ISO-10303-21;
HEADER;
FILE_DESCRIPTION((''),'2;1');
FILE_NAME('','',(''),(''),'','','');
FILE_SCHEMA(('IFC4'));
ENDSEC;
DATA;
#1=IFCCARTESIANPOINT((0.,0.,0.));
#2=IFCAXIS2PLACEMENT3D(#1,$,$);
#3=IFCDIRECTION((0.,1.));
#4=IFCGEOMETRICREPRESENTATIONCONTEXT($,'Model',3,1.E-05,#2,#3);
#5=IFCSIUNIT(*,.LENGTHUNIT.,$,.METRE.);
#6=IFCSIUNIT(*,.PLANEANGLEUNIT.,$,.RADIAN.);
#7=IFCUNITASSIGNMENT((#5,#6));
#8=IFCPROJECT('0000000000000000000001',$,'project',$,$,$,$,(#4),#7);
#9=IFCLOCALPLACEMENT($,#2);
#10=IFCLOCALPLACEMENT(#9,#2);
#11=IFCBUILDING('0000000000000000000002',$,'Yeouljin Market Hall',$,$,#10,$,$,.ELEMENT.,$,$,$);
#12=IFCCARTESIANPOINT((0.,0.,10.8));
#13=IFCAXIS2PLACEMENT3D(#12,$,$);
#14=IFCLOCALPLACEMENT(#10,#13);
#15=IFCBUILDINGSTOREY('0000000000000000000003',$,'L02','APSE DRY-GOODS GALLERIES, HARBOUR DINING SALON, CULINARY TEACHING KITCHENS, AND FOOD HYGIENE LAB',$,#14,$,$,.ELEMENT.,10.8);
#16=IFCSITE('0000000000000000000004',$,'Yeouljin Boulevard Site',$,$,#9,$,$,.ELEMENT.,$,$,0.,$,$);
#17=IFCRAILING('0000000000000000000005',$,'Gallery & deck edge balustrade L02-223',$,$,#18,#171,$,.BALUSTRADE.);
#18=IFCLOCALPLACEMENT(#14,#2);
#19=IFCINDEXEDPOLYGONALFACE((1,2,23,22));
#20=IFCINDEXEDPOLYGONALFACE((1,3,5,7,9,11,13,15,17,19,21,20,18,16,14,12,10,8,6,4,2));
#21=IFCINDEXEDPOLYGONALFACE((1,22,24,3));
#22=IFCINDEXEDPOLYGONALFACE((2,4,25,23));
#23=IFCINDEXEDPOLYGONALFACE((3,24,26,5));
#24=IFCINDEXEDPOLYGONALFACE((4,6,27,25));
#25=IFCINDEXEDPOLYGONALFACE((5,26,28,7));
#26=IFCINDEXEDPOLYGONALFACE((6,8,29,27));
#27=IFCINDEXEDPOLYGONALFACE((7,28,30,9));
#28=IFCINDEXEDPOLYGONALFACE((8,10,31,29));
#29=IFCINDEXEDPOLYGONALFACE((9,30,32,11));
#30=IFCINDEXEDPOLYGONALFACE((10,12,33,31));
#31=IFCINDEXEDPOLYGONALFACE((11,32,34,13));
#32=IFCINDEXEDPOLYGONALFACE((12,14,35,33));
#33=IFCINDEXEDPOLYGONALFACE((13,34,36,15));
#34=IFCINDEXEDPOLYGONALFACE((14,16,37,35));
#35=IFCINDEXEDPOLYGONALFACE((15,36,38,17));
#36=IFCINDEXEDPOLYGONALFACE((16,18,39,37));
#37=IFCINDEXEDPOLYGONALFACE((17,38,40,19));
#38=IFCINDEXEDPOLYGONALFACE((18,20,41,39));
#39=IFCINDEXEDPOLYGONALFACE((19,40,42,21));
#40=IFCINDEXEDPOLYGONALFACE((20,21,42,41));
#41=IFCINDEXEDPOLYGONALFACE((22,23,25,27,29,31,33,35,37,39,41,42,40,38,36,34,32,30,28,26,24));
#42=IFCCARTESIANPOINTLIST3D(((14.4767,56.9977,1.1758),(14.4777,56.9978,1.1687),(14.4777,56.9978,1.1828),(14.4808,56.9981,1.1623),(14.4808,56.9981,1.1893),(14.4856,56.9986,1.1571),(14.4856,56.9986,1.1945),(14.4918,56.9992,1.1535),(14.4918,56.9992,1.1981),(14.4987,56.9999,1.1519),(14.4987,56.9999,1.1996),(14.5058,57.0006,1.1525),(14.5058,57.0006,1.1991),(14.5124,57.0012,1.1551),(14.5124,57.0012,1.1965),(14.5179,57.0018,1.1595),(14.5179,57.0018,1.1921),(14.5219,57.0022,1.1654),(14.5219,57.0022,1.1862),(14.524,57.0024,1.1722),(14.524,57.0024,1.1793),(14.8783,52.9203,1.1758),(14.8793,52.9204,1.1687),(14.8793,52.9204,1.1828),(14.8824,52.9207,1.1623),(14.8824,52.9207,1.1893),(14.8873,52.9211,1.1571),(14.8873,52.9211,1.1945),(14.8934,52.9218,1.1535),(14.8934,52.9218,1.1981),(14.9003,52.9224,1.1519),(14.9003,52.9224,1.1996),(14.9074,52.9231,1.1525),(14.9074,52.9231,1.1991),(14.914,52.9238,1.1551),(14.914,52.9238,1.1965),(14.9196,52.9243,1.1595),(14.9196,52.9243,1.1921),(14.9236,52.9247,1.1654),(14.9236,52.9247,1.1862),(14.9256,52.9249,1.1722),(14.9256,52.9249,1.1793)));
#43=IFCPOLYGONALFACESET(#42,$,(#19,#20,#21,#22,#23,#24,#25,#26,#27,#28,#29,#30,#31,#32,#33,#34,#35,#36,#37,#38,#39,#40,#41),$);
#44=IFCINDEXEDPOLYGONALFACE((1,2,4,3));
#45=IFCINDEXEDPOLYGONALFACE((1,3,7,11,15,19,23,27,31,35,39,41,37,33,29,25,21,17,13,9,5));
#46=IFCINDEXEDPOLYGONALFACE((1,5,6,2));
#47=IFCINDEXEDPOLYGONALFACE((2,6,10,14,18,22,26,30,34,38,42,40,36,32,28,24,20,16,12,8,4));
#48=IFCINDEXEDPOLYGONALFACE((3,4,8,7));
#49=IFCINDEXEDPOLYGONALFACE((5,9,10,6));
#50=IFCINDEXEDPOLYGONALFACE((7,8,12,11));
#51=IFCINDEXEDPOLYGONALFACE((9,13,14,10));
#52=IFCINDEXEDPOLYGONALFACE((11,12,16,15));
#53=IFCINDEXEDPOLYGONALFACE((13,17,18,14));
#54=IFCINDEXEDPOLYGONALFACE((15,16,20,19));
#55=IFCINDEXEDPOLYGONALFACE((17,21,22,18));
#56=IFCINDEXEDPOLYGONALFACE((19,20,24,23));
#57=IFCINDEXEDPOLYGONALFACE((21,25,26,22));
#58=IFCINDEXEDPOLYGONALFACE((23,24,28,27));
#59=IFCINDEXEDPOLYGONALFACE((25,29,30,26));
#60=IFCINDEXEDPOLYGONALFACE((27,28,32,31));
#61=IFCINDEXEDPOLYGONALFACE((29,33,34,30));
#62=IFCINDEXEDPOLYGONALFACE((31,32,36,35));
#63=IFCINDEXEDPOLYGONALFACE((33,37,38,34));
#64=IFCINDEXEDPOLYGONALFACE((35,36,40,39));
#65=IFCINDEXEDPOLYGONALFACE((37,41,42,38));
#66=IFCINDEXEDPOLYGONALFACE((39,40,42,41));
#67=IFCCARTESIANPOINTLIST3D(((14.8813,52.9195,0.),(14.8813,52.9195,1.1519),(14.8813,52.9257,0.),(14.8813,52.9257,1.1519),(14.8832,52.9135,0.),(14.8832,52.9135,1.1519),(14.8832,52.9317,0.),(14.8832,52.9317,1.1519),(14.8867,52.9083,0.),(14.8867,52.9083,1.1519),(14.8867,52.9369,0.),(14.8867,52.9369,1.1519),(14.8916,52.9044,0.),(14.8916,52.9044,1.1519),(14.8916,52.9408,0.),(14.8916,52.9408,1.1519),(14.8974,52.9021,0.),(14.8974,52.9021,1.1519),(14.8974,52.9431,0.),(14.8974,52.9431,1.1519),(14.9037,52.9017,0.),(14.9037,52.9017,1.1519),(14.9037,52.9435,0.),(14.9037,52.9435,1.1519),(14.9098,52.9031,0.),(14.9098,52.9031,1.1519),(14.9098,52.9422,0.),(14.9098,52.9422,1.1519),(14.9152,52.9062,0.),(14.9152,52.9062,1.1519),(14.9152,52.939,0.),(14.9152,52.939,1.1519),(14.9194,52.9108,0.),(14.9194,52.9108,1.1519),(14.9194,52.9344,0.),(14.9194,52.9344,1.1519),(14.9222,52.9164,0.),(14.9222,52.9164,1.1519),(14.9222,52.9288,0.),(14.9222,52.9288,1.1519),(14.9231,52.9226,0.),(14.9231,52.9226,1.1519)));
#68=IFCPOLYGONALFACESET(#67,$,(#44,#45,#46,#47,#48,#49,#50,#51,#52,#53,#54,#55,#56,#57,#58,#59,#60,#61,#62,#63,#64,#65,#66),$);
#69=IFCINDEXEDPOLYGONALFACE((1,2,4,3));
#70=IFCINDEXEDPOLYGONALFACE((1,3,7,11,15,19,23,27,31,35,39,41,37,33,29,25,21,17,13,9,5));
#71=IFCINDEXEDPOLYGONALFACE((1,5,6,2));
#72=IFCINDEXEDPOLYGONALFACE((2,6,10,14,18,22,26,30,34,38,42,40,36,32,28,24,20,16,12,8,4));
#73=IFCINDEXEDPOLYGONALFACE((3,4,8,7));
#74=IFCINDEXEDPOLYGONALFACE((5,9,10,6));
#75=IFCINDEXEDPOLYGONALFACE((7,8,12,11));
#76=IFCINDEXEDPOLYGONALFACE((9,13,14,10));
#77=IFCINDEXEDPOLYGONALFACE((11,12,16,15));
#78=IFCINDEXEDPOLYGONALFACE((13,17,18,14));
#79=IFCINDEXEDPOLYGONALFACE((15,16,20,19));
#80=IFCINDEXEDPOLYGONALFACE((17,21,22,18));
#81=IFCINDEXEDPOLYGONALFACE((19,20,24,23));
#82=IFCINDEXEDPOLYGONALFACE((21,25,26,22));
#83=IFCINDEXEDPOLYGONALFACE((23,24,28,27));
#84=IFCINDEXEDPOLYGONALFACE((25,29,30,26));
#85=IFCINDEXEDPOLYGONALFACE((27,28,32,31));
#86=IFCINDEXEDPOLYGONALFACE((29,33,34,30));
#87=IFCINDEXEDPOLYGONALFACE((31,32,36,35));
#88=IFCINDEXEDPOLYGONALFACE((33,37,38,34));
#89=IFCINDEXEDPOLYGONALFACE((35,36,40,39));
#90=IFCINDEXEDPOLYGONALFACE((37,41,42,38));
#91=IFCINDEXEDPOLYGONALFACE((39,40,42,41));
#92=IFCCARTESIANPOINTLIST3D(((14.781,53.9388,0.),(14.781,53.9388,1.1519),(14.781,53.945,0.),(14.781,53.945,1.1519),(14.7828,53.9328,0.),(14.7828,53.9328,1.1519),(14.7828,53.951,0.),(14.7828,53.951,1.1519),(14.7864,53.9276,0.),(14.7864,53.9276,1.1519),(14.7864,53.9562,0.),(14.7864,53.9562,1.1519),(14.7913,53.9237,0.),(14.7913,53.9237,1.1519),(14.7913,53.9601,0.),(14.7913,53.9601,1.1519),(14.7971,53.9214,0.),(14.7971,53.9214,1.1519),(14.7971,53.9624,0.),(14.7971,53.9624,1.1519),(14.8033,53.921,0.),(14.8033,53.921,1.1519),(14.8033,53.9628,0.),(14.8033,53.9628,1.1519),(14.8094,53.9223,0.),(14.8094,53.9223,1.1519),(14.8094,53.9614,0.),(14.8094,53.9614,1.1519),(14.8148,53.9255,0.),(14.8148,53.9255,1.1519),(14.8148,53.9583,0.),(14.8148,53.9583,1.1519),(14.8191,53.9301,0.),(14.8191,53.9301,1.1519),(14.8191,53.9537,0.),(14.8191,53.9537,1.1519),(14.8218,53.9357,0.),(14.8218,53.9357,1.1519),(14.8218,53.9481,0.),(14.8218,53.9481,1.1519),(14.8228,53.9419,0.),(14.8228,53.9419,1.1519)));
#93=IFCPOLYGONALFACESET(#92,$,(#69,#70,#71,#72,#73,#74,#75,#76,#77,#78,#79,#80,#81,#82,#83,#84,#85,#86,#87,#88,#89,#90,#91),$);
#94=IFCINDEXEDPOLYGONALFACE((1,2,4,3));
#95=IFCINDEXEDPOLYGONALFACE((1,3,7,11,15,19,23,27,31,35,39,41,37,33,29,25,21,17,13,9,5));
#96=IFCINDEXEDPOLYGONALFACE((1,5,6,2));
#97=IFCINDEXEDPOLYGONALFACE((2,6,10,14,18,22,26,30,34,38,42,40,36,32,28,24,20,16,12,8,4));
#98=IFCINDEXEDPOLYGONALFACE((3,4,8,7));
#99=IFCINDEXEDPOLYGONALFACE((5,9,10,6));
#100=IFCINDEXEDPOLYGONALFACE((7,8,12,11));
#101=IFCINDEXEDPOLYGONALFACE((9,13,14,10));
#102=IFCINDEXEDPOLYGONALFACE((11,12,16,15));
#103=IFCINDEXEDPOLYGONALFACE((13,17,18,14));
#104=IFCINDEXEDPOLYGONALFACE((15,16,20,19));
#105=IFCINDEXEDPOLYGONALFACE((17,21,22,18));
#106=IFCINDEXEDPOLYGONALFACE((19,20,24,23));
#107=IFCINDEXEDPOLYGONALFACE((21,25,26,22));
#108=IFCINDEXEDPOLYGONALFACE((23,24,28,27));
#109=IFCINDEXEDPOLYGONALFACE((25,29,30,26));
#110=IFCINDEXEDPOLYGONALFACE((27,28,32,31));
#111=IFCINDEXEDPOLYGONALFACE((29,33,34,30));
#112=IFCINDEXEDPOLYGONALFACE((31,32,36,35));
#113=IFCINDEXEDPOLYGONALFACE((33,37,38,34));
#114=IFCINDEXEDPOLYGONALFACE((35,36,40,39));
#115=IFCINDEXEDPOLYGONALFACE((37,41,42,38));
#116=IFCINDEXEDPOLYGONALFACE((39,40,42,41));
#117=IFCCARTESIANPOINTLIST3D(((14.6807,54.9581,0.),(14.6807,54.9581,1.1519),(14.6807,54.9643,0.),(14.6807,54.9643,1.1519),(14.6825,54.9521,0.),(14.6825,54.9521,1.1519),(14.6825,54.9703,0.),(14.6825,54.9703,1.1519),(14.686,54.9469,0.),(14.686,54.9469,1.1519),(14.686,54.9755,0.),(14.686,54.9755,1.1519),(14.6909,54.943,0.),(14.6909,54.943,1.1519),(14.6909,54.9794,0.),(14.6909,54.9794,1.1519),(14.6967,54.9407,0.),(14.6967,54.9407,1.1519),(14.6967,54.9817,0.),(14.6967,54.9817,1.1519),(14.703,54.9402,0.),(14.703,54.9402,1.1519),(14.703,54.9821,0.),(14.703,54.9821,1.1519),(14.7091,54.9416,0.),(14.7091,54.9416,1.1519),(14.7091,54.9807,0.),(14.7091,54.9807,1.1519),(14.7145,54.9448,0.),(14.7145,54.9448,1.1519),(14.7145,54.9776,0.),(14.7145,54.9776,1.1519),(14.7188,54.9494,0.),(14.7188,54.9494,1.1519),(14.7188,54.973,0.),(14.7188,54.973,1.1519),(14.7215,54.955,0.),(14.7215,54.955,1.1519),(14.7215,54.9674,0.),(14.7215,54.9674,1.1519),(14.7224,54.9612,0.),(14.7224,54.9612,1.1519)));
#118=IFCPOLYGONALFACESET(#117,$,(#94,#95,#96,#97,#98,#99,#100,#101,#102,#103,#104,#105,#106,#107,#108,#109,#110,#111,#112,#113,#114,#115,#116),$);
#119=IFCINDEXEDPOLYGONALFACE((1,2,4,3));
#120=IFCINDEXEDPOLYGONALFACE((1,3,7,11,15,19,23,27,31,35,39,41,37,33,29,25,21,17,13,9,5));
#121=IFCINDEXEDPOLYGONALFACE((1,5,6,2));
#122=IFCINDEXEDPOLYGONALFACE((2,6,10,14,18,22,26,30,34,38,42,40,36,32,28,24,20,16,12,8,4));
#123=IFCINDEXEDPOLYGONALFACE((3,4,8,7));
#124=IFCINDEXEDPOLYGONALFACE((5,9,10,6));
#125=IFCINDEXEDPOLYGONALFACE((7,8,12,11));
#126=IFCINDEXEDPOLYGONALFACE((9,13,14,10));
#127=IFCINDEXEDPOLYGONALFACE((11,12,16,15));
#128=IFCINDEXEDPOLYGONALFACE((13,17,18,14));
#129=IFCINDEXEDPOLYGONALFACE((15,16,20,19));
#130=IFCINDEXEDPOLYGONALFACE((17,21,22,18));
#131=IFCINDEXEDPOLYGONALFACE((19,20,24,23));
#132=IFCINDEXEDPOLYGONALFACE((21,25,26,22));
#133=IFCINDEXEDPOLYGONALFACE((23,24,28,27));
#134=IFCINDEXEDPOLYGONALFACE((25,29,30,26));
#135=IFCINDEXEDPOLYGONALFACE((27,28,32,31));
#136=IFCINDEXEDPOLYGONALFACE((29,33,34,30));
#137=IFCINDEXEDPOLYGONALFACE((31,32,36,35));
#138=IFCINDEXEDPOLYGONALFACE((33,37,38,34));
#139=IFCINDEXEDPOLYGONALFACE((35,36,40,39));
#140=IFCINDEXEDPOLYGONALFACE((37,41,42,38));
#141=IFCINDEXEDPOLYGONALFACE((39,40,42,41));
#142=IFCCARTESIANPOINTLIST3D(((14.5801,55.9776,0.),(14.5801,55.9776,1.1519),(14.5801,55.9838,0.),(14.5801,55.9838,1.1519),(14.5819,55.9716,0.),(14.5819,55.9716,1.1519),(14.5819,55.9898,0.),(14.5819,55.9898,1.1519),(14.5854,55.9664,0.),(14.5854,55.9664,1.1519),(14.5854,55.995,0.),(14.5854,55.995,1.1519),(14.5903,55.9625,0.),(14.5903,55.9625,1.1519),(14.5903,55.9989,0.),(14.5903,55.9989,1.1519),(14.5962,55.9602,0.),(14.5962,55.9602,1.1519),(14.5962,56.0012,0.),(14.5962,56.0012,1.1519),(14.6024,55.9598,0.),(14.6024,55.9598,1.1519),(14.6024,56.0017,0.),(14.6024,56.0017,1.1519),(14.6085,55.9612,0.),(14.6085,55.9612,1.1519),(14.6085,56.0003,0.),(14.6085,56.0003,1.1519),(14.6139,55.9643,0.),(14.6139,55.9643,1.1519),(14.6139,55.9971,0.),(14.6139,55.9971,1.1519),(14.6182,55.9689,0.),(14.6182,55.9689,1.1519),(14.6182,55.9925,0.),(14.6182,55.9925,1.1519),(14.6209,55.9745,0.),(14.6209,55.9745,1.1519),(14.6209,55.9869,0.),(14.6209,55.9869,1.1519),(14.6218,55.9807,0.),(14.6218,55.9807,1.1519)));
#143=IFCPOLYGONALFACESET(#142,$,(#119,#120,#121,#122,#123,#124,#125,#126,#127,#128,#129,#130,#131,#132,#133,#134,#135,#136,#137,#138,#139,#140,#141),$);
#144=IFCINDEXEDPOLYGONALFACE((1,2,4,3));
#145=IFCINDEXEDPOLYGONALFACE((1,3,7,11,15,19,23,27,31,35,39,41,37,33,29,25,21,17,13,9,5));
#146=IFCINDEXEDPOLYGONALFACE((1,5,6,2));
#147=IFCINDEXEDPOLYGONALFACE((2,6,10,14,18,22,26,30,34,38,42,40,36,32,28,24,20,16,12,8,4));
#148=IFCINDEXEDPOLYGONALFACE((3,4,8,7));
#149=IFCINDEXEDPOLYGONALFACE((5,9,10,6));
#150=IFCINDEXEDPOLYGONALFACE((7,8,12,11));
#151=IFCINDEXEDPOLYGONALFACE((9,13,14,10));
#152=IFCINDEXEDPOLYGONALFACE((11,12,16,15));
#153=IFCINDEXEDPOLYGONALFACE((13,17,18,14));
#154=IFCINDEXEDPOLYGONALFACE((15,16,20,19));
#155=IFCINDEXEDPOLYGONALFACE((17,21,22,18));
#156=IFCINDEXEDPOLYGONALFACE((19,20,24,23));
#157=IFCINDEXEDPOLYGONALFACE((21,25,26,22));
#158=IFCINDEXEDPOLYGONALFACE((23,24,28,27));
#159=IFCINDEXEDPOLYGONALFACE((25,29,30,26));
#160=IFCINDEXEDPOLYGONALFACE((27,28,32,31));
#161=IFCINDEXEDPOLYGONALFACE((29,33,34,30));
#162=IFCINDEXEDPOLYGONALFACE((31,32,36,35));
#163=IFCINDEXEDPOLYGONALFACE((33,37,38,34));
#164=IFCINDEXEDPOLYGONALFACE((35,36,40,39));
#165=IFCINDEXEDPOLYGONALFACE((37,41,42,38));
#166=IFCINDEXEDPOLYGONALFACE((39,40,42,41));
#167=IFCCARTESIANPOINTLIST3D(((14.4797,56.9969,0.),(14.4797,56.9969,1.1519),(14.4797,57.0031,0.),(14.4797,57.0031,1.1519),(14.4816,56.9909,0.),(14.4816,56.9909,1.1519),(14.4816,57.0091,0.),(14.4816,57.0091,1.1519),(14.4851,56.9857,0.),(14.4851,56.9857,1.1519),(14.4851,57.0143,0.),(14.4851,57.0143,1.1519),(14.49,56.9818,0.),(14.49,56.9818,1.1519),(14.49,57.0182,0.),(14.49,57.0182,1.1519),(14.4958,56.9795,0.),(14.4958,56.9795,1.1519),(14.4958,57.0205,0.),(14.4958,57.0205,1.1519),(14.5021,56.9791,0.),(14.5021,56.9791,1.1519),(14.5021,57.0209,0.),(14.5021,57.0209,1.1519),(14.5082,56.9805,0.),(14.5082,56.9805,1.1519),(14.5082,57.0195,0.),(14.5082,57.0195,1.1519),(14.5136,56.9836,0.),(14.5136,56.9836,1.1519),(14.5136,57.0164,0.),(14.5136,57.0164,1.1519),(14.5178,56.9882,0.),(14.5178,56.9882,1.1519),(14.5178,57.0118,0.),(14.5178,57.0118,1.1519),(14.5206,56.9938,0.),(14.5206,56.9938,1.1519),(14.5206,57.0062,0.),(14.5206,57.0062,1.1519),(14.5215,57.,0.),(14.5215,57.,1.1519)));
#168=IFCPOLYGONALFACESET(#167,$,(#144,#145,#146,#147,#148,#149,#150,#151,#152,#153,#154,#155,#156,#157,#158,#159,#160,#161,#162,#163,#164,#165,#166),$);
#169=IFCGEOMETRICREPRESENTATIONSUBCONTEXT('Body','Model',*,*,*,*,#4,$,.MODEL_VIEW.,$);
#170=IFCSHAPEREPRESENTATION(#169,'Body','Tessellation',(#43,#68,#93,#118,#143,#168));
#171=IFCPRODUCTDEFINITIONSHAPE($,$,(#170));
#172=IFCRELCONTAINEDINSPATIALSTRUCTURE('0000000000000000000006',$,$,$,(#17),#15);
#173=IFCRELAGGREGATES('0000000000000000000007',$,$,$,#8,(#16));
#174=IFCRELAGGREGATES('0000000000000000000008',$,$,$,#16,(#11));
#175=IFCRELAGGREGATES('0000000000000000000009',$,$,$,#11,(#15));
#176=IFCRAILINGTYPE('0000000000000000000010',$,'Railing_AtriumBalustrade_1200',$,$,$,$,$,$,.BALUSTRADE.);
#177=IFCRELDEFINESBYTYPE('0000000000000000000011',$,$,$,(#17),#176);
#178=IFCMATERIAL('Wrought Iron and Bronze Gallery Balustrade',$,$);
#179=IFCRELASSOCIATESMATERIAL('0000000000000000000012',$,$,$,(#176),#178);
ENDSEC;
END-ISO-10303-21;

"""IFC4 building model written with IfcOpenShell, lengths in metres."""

from ifc_helpers import new_model, si_unit, direction, frame, origin, origin_2d, place, context, subcontext, project, spatial, circle, extrude, material, type_object, element, save


model = new_model("IFC4")

# Units and contexts
model_context = context("Model", 3, precision=1e-05, world=origin(), true_north=direction((0.0, 1.0)))
body_context = subcontext(model_context, "Body", "Model", "MODEL_VIEW")
ifc_project = project(units=[si_unit("LENGTHUNIT", "METRE"), si_unit("PLANEANGLEUNIT", "RADIAN")], contexts=[model_context])

# Site, building, storey
site_placement = place(None, origin())
site = spatial("IfcSite", under=ifc_project, at=site_placement, Name="Yeouljin Boulevard Site", CompositionType="ELEMENT", RefElevation=0.0)
building_placement = place(site_placement, origin())
building = spatial("IfcBuilding", under=site, at=building_placement, Name="Yeouljin Market Hall", CompositionType="ELEMENT")
storey_placement = place(building_placement, frame((0.0, 0.0, 10.8)))
storey = spatial("IfcBuildingStorey", under=building, at=storey_placement, Name="L02", Description="APSE DRY-GOODS GALLERIES, HARBOUR DINING SALON, CULINARY TEACHING KITCHENS, AND FOOD HYGIENE LAB", CompositionType="ELEMENT", Elevation=10.8)

# Railing
ifc_material_1 = material(Name="Wrought Iron and Bronze Gallery Balustrade")
railing_type = type_object("IfcRailingType", Name="Railing_AtriumBalustrade_1200", PredefinedType="BALUSTRADE", material=ifc_material_1)
railing_1_placement = place(storey_placement, frame((14.9021, 52.9226, 0.0)))
element("IfcRailing", 1, at=railing_1_placement, inside=storey, type_object=railing_type, Name="Gallery & deck edge balustrade L02-223", PredefinedType="BALUSTRADE", context=body_context, shape_type="SweptSolid", body=[
    extrude(circle(Radius=0.0239, at=origin_2d()), frame((0.0, 0.0, 1.1758), z_axis=(-0.098023, 0.995184, 0.0), x_axis=(-0.995184, -0.098023, 0.0)), (0.0, 0.0, 1.0), 4.0972),
    extrude(circle(Radius=0.021, at=origin_2d()), origin(), (0.0, 0.0, 1.0), 1.1519),
    extrude(circle(Radius=0.021, at=origin_2d()), frame((-0.1003, 1.0193, 0.0)), (0.0, 0.0, 1.0), 1.1519),
    extrude(circle(Radius=0.021, at=origin_2d()), frame((-0.2007, 2.0386, 0.0)), (0.0, 0.0, 1.0), 1.1519),
    extrude(circle(Radius=0.021, at=origin_2d()), frame((-0.3013, 3.0581, 0.0)), (0.0, 0.0, 1.0), 1.1519),
    extrude(circle(Radius=0.021, at=origin_2d()), frame((-0.4016, 4.0774, 0.0)), (0.0, 0.0, 1.0), 1.1519),
])

save(model, "model.ifc")
